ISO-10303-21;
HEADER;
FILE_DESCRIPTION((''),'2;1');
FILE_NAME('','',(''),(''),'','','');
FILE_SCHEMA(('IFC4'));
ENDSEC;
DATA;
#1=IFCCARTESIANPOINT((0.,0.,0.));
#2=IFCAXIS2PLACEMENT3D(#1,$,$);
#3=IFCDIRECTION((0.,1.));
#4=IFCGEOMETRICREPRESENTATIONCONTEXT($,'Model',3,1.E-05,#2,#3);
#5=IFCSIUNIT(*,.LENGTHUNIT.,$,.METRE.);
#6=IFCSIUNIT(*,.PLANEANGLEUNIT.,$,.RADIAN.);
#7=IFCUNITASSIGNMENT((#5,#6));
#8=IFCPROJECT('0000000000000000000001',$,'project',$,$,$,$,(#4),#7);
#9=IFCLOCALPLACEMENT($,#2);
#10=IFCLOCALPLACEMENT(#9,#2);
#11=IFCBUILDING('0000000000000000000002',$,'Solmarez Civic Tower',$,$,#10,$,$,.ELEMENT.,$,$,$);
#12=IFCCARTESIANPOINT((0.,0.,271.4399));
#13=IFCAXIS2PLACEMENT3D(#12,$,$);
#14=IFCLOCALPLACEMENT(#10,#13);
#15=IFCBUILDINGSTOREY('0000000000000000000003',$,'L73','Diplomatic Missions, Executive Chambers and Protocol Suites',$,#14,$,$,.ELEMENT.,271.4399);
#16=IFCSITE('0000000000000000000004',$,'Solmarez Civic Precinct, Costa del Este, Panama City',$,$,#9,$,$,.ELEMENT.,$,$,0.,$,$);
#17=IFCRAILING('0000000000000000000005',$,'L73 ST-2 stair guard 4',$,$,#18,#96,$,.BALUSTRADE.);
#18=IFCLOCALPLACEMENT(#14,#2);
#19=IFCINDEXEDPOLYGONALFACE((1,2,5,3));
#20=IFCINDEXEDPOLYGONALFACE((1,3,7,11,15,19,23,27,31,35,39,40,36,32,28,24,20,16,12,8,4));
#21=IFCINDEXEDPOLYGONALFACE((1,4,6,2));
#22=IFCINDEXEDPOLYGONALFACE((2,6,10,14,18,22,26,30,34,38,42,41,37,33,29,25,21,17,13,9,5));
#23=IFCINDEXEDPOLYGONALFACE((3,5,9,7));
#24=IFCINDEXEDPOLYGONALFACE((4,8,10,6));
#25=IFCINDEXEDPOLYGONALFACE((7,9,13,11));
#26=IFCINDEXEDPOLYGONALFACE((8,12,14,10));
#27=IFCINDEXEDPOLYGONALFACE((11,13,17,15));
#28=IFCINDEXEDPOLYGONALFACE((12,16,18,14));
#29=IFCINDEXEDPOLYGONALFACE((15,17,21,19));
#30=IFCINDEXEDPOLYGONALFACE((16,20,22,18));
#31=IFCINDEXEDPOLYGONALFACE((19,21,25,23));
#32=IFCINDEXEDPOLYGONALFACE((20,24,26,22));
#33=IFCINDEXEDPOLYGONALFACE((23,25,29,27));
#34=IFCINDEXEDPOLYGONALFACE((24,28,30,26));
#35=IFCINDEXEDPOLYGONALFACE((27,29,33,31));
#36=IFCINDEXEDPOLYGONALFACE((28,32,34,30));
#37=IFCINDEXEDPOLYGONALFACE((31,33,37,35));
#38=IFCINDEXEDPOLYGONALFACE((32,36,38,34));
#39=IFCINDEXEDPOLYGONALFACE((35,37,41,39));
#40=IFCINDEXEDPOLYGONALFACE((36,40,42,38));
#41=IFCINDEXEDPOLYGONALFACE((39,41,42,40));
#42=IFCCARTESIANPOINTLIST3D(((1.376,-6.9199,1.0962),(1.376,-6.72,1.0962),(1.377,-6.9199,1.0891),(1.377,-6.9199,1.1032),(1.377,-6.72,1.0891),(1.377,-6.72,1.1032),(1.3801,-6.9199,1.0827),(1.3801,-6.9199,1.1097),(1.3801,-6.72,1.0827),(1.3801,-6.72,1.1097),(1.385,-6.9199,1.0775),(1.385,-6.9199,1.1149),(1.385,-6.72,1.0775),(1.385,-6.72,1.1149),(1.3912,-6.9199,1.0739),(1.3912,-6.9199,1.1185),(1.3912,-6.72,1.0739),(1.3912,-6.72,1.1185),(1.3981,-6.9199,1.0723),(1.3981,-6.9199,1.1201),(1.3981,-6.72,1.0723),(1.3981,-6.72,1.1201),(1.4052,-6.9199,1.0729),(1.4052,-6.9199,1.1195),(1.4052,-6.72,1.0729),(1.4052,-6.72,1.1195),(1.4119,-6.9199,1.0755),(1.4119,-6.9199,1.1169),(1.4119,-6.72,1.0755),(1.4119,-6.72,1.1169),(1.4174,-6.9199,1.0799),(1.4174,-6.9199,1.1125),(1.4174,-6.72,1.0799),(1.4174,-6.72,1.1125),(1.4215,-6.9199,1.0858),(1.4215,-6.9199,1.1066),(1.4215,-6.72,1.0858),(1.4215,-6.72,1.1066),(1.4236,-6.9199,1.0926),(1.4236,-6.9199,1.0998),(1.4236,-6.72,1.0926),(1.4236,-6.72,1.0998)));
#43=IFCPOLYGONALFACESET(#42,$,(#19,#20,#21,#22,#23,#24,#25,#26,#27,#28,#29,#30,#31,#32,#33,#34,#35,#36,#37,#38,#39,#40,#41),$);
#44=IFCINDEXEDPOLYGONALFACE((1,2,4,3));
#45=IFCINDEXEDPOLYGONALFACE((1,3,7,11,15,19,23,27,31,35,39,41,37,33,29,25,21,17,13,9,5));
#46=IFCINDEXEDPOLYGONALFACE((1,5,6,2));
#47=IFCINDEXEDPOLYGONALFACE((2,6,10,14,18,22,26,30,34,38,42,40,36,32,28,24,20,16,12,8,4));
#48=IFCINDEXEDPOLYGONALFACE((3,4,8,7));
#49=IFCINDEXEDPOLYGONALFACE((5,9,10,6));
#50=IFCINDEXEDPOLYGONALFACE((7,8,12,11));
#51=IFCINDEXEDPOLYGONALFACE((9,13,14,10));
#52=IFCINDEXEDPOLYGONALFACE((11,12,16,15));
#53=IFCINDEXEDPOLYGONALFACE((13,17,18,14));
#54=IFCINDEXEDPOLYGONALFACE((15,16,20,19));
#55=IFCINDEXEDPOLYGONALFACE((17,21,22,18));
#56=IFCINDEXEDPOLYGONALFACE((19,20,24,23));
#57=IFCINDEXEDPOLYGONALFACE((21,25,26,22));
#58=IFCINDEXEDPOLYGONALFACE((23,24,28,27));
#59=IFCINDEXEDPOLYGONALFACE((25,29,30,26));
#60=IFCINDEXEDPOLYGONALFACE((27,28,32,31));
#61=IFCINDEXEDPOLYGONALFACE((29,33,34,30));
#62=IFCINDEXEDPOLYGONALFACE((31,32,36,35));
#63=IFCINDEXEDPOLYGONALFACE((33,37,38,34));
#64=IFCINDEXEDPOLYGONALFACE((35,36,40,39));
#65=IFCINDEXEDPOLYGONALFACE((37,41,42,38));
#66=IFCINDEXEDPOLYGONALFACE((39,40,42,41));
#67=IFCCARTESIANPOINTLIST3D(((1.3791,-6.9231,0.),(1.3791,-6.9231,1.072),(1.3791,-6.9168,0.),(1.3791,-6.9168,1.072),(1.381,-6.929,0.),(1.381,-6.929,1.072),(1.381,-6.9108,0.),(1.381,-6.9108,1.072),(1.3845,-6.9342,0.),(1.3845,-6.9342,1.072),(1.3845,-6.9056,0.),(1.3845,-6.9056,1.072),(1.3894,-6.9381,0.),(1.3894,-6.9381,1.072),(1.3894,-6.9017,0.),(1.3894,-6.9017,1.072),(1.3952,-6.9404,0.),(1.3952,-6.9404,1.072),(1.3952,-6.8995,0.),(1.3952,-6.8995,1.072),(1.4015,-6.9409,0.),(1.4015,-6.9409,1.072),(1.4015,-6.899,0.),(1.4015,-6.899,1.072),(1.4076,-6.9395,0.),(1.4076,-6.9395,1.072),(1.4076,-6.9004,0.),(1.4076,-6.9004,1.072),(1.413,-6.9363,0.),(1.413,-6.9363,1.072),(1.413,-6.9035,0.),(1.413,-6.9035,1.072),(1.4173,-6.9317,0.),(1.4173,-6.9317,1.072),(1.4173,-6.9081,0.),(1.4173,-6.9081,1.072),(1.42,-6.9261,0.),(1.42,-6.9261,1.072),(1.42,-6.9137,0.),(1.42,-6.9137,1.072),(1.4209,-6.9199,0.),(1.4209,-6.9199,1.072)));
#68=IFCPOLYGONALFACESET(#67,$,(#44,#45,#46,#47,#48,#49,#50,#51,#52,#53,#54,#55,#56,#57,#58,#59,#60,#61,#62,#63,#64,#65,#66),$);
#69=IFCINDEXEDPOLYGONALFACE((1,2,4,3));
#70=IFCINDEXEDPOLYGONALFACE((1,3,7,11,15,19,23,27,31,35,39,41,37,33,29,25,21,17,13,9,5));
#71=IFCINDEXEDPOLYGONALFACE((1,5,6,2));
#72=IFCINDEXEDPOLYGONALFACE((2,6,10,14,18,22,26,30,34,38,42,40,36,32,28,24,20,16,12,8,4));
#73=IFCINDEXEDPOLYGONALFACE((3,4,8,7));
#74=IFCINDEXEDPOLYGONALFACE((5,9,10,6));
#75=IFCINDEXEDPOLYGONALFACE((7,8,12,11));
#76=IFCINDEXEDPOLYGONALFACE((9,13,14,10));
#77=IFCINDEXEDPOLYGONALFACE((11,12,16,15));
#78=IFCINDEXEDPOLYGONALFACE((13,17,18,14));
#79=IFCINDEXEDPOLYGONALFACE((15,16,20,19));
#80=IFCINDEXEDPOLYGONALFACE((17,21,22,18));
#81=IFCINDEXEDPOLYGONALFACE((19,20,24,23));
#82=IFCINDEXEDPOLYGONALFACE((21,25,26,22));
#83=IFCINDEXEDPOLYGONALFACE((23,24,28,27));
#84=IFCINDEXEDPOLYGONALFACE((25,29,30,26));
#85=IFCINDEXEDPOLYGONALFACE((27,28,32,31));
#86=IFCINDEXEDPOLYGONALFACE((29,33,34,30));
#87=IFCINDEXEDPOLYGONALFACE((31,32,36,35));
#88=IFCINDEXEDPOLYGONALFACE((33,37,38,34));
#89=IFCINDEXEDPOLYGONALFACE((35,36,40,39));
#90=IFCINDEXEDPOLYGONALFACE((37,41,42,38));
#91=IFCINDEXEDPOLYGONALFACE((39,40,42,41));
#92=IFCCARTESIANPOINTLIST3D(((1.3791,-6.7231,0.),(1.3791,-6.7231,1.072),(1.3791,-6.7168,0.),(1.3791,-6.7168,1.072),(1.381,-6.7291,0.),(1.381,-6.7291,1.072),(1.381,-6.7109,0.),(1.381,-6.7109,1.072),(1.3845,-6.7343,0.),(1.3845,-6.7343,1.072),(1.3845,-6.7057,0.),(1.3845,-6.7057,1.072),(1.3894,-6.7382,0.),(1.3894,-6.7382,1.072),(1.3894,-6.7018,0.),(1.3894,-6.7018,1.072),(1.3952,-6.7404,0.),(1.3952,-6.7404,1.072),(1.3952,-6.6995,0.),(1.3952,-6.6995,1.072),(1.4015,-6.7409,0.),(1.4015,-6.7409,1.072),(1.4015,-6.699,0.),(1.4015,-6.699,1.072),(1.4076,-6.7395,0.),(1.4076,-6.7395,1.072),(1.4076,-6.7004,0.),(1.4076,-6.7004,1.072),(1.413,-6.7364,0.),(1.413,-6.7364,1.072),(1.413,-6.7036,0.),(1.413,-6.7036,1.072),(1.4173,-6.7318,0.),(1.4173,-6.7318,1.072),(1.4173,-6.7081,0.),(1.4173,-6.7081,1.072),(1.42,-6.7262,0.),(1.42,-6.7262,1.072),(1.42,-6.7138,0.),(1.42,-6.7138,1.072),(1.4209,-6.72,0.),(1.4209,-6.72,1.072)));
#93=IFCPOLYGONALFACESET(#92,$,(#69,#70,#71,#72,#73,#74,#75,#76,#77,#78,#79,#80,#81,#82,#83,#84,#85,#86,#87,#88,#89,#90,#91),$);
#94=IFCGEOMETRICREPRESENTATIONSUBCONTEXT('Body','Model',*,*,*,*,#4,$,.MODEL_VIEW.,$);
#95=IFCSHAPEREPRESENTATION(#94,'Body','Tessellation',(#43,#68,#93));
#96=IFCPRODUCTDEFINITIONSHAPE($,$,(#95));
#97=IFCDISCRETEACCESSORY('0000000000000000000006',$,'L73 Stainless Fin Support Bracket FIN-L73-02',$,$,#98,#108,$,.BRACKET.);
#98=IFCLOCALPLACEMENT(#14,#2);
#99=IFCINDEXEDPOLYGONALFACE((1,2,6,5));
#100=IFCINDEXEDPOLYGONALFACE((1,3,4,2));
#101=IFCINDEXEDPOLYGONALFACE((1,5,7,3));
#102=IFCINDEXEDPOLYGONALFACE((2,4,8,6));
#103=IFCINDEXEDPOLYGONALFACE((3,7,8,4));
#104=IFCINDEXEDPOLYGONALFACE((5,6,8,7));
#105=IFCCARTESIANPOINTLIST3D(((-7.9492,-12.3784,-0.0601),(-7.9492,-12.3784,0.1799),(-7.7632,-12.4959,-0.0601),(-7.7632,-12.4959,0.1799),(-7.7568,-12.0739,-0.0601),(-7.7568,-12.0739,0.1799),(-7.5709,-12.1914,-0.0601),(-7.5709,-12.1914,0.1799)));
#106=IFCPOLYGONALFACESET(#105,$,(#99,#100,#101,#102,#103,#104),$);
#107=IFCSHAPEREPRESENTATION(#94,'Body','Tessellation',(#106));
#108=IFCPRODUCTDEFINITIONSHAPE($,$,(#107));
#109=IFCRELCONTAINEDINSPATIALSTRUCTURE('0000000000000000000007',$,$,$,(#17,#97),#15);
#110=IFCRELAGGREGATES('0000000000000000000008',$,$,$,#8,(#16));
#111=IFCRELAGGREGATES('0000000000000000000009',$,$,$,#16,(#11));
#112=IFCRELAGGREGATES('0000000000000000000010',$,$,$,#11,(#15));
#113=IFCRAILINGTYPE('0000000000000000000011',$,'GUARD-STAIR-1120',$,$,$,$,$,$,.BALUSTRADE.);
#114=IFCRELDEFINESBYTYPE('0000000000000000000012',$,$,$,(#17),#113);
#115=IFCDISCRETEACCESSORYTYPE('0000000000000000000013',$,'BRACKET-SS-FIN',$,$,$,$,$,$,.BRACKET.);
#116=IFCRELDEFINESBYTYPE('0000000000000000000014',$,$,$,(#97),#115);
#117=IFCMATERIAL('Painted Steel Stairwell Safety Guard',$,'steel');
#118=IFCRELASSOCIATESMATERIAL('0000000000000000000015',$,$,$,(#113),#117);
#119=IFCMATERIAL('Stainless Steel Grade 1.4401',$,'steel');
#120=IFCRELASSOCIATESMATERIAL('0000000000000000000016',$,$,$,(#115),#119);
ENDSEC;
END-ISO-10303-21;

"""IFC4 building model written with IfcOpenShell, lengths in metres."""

from ifc_helpers import new_model, si_unit, direction, frame, origin, origin_2d, place, context, subcontext, project, spatial, rectangle, circle, extrude, material, type_object, element, save


model = new_model("IFC4")

# Units and contexts
model_context = context("Model", 3, precision=1e-05, world=origin(), true_north=direction((0.0, 1.0)))
body_context = subcontext(model_context, "Body", "Model", "MODEL_VIEW")
ifc_project = project(units=[si_unit("LENGTHUNIT", "METRE"), si_unit("PLANEANGLEUNIT", "RADIAN")], contexts=[model_context])

# Site, building, storey
site_placement = place(None, origin())
site = spatial("IfcSite", under=ifc_project, at=site_placement, Name="Solmarez Civic Precinct, Costa del Este, Panama City", CompositionType="ELEMENT", RefElevation=0.0)
building_placement = place(site_placement, origin())
building = spatial("IfcBuilding", under=site, at=building_placement, Name="Solmarez Civic Tower", CompositionType="ELEMENT")
storey_placement = place(building_placement, frame((0.0, 0.0, 271.4399)))
storey = spatial("IfcBuildingStorey", under=building, at=storey_placement, Name="L73", Description="Diplomatic Missions, Executive Chambers and Protocol Suites", CompositionType="ELEMENT", Elevation=271.4399)

# Railing
ifc_material_1 = material(Name="Painted Steel Stairwell Safety Guard", Category="steel")
railing_type = type_object("IfcRailingType", Name="GUARD-STAIR-1120", PredefinedType="BALUSTRADE", material=ifc_material_1)
railing_placement = place(storey_placement, frame((1.3999, -6.9199, 0.0)))
element("IfcRailing", 1, at=railing_placement, inside=storey, type_object=railing_type, Name="L73 ST-2 stair guard 4", PredefinedType="BALUSTRADE", context=body_context, shape_type="SweptSolid", body=[
    extrude(circle(Radius=0.0239, at=origin_2d()), frame((0.0, 0.0, 1.0962), z_axis=(0.0, 1.0, 0.0), x_axis=(-1.0, 0.0, 0.0)), (0.0, 0.0, 1.0), 0.2),
    extrude(circle(Radius=0.021, at=origin_2d()), origin(), (0.0, 0.0, 1.0), 1.072),
    extrude(circle(Radius=0.021, at=origin_2d()), frame((0.0, 0.2, 0.0)), (0.0, 0.0, 1.0), 1.072),
])

# Discrete accessory
ifc_material_2 = material(Name="Stainless Steel Grade 1.4401", Category="steel")
discrete_accessory_type = type_object("IfcDiscreteAccessoryType", Name="BRACKET-SS-FIN", PredefinedType="BRACKET", material=ifc_material_2)
discrete_accessory_placement = place(storey_placement, frame((-7.76, -12.2849, -0.0601), z_axis=(0.0, 0.0, 1.0), x_axis=(-0.534054, -0.84545, 0.0)))
element("IfcDiscreteAccessory", 2, at=discrete_accessory_placement, inside=storey, type_object=discrete_accessory_type, Name="L73 Stainless Fin Support Bracket FIN-L73-02", PredefinedType="BRACKET", context=body_context, shape_type="SweptSolid", body=[
    extrude(rectangle(XDim=0.3601, YDim=0.22, at=origin_2d()), origin(), (0.0, 0.0, 1.0), 0.24),
])

save(model, "model.ifc")
